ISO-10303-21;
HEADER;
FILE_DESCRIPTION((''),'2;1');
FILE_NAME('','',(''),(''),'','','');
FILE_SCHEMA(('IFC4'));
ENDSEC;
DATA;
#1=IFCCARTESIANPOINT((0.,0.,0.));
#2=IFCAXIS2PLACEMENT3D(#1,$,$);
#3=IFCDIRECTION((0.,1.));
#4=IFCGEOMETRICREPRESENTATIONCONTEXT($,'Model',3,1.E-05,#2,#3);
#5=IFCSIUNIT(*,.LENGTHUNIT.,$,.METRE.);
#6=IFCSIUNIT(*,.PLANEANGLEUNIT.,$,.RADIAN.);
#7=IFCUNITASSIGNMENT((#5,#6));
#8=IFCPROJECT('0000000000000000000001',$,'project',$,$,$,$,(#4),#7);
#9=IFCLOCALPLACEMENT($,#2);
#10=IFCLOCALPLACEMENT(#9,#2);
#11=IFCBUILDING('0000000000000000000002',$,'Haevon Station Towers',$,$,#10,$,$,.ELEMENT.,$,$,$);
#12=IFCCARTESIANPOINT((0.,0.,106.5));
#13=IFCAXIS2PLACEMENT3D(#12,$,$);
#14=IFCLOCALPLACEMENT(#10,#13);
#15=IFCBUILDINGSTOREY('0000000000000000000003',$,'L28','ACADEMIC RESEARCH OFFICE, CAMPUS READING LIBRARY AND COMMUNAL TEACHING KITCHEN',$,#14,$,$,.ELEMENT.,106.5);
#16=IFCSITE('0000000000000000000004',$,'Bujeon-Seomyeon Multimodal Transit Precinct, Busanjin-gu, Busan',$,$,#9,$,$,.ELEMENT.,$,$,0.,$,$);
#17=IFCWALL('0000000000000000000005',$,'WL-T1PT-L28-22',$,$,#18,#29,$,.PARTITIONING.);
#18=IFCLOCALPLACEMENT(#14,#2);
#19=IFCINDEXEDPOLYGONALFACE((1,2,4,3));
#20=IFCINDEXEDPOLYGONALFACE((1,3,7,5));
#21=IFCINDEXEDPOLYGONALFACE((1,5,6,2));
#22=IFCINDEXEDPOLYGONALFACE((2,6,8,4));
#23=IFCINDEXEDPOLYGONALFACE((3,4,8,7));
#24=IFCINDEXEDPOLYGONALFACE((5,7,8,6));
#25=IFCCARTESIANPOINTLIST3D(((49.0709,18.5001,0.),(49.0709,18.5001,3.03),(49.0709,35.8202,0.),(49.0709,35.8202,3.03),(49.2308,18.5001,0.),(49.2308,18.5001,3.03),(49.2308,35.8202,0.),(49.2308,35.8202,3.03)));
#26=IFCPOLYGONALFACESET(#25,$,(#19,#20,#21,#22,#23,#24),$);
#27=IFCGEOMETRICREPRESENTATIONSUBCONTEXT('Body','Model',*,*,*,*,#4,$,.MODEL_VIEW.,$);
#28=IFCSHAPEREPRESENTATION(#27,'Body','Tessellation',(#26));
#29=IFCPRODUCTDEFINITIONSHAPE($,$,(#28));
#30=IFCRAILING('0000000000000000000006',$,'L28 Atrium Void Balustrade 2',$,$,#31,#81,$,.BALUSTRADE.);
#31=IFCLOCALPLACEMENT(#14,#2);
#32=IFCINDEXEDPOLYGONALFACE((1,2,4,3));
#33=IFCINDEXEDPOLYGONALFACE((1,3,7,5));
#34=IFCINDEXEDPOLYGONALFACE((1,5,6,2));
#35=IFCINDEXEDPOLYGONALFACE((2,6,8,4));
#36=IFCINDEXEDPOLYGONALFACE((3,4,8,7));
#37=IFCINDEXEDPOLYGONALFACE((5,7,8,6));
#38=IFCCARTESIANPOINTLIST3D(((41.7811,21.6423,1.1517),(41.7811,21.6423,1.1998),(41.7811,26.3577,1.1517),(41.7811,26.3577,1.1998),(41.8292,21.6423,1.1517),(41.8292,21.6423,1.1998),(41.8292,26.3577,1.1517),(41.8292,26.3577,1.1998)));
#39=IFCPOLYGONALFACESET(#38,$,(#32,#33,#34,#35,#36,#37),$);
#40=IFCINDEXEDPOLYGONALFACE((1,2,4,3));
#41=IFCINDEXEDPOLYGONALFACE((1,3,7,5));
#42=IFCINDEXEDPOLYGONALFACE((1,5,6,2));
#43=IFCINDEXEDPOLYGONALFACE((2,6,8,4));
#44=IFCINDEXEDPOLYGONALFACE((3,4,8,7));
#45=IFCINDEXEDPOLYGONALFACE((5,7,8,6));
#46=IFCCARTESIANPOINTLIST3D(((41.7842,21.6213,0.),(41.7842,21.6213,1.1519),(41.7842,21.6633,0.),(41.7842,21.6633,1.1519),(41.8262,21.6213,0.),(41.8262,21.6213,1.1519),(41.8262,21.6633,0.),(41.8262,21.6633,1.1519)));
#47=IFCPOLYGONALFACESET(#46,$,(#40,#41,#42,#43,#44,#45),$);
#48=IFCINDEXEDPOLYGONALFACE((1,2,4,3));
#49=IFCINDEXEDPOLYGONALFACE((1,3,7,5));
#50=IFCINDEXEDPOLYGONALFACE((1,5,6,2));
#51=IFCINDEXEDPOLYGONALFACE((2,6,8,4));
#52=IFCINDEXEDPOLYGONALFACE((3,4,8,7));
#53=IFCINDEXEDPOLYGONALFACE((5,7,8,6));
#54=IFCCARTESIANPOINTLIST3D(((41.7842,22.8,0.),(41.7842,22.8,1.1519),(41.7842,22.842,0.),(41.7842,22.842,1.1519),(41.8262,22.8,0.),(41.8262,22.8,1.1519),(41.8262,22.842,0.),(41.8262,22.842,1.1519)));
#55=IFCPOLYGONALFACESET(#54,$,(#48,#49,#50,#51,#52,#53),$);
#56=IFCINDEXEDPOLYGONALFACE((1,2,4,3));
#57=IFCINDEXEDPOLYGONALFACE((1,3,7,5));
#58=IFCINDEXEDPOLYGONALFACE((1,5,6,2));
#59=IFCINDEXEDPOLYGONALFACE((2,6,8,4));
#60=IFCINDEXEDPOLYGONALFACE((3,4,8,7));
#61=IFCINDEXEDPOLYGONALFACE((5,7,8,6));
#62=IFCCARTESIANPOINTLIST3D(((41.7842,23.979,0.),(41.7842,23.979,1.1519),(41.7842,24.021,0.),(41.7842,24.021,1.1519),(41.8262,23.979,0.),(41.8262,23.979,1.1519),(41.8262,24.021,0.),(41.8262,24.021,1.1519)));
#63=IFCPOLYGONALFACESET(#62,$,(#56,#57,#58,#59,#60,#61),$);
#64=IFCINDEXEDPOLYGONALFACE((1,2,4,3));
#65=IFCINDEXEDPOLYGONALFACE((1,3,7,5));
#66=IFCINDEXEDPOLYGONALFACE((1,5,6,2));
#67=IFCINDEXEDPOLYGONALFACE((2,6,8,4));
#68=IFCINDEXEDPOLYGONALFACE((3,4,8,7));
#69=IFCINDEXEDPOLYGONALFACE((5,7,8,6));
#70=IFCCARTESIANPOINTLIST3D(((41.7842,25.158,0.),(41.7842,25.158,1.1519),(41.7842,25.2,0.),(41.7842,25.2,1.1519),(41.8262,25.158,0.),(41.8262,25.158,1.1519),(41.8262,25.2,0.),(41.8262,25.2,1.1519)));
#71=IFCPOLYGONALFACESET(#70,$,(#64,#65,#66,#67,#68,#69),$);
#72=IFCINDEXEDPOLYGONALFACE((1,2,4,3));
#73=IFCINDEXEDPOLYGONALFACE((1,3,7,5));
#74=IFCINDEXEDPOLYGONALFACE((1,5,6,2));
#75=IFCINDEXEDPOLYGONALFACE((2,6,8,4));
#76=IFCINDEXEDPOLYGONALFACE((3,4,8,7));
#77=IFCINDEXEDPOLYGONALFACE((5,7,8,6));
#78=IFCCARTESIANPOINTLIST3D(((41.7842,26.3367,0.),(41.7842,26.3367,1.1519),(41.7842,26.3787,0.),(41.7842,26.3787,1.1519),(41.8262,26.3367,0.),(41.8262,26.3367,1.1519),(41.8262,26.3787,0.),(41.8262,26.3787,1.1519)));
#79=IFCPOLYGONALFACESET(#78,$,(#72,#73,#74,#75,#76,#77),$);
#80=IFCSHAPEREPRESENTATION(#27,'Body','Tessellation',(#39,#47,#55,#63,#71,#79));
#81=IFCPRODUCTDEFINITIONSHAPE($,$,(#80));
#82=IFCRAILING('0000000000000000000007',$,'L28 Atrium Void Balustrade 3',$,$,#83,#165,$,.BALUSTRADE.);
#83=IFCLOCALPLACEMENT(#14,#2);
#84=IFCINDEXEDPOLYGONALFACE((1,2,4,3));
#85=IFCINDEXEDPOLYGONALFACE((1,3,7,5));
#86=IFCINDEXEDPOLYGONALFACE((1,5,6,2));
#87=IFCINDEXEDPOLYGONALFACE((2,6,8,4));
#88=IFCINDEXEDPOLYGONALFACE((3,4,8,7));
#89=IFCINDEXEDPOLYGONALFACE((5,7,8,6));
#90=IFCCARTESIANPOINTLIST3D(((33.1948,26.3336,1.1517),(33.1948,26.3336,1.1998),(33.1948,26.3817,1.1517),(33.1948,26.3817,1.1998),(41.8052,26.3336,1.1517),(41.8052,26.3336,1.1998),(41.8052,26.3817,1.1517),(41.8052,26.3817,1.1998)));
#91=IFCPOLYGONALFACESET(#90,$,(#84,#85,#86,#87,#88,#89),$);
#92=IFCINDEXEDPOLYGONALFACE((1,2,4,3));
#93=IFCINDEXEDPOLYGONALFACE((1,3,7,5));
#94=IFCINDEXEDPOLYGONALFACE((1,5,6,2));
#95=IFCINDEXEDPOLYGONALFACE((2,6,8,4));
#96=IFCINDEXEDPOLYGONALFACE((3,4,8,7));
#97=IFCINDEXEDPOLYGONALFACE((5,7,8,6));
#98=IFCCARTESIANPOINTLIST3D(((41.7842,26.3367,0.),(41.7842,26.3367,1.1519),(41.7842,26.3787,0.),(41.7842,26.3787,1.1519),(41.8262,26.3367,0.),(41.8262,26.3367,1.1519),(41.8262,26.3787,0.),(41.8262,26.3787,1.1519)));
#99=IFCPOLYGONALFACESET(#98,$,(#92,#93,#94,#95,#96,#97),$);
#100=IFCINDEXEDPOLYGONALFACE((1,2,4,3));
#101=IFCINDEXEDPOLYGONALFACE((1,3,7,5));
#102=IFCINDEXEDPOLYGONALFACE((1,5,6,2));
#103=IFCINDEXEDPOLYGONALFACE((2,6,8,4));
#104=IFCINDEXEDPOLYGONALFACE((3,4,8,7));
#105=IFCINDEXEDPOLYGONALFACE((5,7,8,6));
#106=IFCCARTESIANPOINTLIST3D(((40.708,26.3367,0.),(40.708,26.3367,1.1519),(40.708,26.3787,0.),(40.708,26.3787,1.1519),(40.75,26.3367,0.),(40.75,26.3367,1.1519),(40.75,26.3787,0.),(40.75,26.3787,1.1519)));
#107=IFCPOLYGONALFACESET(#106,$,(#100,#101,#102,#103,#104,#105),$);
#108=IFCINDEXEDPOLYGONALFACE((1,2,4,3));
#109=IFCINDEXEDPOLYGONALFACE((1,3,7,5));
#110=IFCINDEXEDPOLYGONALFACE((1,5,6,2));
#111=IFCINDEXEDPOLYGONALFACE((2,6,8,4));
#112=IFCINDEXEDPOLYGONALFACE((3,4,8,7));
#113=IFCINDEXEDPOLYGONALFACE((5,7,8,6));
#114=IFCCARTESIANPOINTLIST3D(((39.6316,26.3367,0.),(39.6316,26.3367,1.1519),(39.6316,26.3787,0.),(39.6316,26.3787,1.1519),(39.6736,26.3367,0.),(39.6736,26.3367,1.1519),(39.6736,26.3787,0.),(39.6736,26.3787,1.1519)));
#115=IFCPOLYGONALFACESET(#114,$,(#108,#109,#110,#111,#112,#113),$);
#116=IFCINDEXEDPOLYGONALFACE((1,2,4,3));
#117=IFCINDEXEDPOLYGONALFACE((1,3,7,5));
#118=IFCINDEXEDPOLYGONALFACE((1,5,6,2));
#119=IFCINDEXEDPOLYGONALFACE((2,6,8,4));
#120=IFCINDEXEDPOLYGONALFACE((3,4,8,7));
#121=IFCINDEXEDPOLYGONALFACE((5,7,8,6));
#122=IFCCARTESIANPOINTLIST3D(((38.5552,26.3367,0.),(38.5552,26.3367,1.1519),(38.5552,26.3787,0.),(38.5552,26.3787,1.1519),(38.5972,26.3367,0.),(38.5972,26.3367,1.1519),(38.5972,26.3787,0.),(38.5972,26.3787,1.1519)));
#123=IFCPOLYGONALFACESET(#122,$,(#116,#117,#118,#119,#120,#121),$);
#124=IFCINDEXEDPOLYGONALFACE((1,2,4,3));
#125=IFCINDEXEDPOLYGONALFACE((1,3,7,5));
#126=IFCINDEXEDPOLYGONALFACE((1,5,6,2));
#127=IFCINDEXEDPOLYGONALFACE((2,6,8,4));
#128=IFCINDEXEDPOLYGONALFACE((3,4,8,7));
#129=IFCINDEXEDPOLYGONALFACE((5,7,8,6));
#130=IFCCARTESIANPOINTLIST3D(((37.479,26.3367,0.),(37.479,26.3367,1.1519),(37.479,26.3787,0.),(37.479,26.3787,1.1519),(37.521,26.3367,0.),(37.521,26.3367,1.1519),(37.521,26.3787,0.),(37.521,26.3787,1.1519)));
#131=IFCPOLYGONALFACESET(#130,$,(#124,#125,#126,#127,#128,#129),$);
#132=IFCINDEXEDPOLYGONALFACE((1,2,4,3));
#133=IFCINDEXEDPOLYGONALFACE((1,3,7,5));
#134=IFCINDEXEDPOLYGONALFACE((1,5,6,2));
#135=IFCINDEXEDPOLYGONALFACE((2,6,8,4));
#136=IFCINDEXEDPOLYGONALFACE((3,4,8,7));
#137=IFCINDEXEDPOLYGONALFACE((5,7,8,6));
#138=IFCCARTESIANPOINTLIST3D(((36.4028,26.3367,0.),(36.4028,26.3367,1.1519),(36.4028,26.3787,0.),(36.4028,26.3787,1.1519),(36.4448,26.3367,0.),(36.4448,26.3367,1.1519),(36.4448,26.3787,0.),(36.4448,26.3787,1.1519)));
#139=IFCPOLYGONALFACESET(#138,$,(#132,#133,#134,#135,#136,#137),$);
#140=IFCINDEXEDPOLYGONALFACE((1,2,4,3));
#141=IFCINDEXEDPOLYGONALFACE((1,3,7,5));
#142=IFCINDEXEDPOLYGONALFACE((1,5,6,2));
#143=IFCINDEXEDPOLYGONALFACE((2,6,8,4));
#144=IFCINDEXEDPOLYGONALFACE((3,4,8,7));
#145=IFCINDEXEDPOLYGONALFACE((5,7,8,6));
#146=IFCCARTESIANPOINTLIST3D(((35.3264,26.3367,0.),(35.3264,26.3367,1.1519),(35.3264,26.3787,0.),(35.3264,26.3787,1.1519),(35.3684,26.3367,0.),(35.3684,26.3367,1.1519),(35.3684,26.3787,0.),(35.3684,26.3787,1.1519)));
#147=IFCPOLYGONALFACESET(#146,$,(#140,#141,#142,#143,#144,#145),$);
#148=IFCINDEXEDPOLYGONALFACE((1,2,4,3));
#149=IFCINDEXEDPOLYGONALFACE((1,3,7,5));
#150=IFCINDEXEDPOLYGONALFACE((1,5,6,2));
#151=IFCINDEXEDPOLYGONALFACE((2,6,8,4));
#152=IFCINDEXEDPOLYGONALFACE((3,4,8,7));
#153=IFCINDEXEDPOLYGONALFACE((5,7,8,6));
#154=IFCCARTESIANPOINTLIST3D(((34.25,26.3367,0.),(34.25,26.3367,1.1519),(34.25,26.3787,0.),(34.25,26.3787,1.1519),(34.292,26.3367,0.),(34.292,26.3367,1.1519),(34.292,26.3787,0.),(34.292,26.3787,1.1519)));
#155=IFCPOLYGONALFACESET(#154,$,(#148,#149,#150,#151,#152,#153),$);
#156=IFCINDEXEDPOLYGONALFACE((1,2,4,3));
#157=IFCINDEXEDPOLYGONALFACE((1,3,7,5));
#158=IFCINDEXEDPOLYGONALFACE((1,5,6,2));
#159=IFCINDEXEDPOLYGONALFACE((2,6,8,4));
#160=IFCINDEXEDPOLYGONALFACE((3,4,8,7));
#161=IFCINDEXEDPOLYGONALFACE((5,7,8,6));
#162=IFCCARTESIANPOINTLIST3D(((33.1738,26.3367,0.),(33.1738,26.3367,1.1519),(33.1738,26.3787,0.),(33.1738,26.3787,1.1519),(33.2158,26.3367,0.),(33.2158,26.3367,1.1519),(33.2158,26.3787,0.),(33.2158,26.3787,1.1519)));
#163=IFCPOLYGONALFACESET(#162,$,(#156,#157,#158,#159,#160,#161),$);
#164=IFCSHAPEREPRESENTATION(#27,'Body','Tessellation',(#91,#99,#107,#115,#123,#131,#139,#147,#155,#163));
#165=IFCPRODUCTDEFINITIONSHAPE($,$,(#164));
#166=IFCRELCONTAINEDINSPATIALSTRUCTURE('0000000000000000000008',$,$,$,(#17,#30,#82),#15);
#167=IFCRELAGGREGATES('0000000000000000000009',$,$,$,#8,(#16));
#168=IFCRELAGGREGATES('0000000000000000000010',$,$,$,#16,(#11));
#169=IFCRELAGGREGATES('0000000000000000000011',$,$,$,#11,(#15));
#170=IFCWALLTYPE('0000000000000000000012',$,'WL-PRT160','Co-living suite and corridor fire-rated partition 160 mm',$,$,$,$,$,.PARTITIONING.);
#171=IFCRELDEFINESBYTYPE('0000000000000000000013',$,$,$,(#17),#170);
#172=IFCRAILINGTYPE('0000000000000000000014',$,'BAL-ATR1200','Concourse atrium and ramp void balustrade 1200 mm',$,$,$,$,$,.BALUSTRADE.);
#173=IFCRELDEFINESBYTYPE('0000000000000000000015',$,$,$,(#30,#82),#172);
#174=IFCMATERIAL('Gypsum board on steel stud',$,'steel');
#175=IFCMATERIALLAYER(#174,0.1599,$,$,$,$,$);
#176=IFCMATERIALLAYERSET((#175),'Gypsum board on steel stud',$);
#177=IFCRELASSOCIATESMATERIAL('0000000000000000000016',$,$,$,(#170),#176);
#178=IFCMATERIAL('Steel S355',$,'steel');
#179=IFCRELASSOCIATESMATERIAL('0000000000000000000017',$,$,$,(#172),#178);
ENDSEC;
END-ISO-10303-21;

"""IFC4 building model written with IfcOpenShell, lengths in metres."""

from ifc_helpers import new_model, si_unit, direction, frame, frame_2d, origin, origin_2d, place, context, subcontext, project, spatial, rectangle, extrude, material, layer, layer_set, type_object, element, save


model = new_model("IFC4")

# Units and contexts
model_context = context("Model", 3, precision=1e-05, world=origin(), true_north=direction((0.0, 1.0)))
body_context = subcontext(model_context, "Body", "Model", "MODEL_VIEW")
ifc_project = project(units=[si_unit("LENGTHUNIT", "METRE"), si_unit("PLANEANGLEUNIT", "RADIAN")], contexts=[model_context])

# Site, building, storey
site_placement = place(None, origin())
site = spatial("IfcSite", under=ifc_project, at=site_placement, Name="Bujeon-Seomyeon Multimodal Transit Precinct, Busanjin-gu, Busan", CompositionType="ELEMENT", RefElevation=0.0)
building_placement = place(site_placement, origin())
building = spatial("IfcBuilding", under=site, at=building_placement, Name="Haevon Station Towers", CompositionType="ELEMENT")
storey_placement = place(building_placement, frame((0.0, 0.0, 106.5)))
storey = spatial("IfcBuildingStorey", under=building, at=storey_placement, Name="L28", Description="ACADEMIC RESEARCH OFFICE, CAMPUS READING LIBRARY AND COMMUNAL TEACHING KITCHEN", CompositionType="ELEMENT", Elevation=106.5)

# Shared definitions
ifc_material_1 = material(Name="Steel S355", Category="steel")

# Wall
ifc_material_2 = material(Name="Gypsum board on steel stud", Category="steel")
ifc_layer_1 = layer(ifc_material_2, 0.1599)
ifc_layer_set_1 = layer_set([ifc_layer_1], Name="Gypsum board on steel stud")
wall_type_1 = type_object("IfcWallType", Name="WL-PRT160", Description="Co-living suite and corridor fire-rated partition 160 mm", PredefinedType="PARTITIONING", material=ifc_layer_set_1)
wall_1_placement = place(storey_placement, frame((49.1509, 18.5, 0.0), z_axis=(0.0, 0.0, 1.0), x_axis=(0.0, 1.0, 0.0)))
element("IfcWall", 1, at=wall_1_placement, inside=storey, type_object=wall_type_1, Name="WL-T1PT-L28-22", PredefinedType="PARTITIONING", context=body_context, shape_type="SweptSolid", body=[
    extrude(rectangle(XDim=17.3201, YDim=0.1599, at=frame_2d((8.6602, 0.0))), origin(), (0.0, 0.0, 1.0), 3.03),
])

# Railings
railing_type = type_object("IfcRailingType", Name="BAL-ATR1200", Description="Concourse atrium and ramp void balustrade 1200 mm", PredefinedType="BALUSTRADE", material=ifc_material_1)
railing_1_placement = place(storey_placement, frame((41.8052, 21.6423, 0.0)))
element("IfcRailing", 2, at=railing_1_placement, inside=storey, type_object=railing_type, Name="L28 Atrium Void Balustrade 2", PredefinedType="BALUSTRADE", context=body_context, shape_type="SweptSolid", body=[
    extrude(rectangle(XDim=0.0481, YDim=0.0481, at=origin_2d()), frame((0.0, 0.0, 1.1758), z_axis=(0.0, 1.0, 0.0), x_axis=(-1.0, 0.0, 0.0)), (0.0, 0.0, 1.0), 4.7153),
    extrude(rectangle(XDim=0.042, YDim=0.042, at=origin_2d()), origin(), (0.0, 0.0, 1.0), 1.1519),
    extrude(rectangle(XDim=0.042, YDim=0.042, at=origin_2d()), frame((0.0, 1.1787, 0.0)), (0.0, 0.0, 1.0), 1.1519),
    extrude(rectangle(XDim=0.042, YDim=0.042, at=origin_2d()), frame((0.0, 2.3577, 0.0)), (0.0, 0.0, 1.0), 1.1519),
    extrude(rectangle(XDim=0.042, YDim=0.042, at=origin_2d()), frame((0.0, 3.5366, 0.0)), (0.0, 0.0, 1.0), 1.1519),
    extrude(rectangle(XDim=0.042, YDim=0.042, at=origin_2d()), frame((0.0, 4.7153, 0.0)), (0.0, 0.0, 1.0), 1.1519),
])
railing_2_placement = place(storey_placement, frame((41.8052, 26.3577, 0.0)))
element("IfcRailing", 3, at=railing_2_placement, inside=storey, type_object=railing_type, Name="L28 Atrium Void Balustrade 3", PredefinedType="BALUSTRADE", context=body_context, shape_type="SweptSolid", body=[
    extrude(rectangle(XDim=0.0481, YDim=0.0481, at=origin_2d()), frame((0.0, 0.0, 1.1758), z_axis=(-1.0, 0.0, 0.0), x_axis=(0.0, -1.0, 0.0)), (0.0, 0.0, 1.0), 8.6104),
    extrude(rectangle(XDim=0.042, YDim=0.042, at=origin_2d()), origin(), (0.0, 0.0, 1.0), 1.1519),
    extrude(rectangle(XDim=0.042, YDim=0.042, at=origin_2d()), frame((-1.0762, 0.0, 0.0)), (0.0, 0.0, 1.0), 1.1519),
    extrude(rectangle(XDim=0.042, YDim=0.042, at=origin_2d()), frame((-2.1526, 0.0, 0.0)), (0.0, 0.0, 1.0), 1.1519),
    extrude(rectangle(XDim=0.042, YDim=0.042, at=origin_2d()), frame((-3.229, 0.0, 0.0)), (0.0, 0.0, 1.0), 1.1519),
    extrude(rectangle(XDim=0.042, YDim=0.042, at=origin_2d()), frame((-4.3052, 0.0, 0.0)), (0.0, 0.0, 1.0), 1.1519),
    extrude(rectangle(XDim=0.042, YDim=0.042, at=origin_2d()), frame((-5.3813, 0.0, 0.0)), (0.0, 0.0, 1.0), 1.1519),
    extrude(rectangle(XDim=0.042, YDim=0.042, at=origin_2d()), frame((-6.4578, 0.0, 0.0)), (0.0, 0.0, 1.0), 1.1519),
    extrude(rectangle(XDim=0.042, YDim=0.042, at=origin_2d()), frame((-7.5342, 0.0, 0.0)), (0.0, 0.0, 1.0), 1.1519),
    extrude(rectangle(XDim=0.042, YDim=0.042, at=origin_2d()), frame((-8.6104, 0.0, 0.0)), (0.0, 0.0, 1.0), 1.1519),
])

save(model, "model.ifc")
